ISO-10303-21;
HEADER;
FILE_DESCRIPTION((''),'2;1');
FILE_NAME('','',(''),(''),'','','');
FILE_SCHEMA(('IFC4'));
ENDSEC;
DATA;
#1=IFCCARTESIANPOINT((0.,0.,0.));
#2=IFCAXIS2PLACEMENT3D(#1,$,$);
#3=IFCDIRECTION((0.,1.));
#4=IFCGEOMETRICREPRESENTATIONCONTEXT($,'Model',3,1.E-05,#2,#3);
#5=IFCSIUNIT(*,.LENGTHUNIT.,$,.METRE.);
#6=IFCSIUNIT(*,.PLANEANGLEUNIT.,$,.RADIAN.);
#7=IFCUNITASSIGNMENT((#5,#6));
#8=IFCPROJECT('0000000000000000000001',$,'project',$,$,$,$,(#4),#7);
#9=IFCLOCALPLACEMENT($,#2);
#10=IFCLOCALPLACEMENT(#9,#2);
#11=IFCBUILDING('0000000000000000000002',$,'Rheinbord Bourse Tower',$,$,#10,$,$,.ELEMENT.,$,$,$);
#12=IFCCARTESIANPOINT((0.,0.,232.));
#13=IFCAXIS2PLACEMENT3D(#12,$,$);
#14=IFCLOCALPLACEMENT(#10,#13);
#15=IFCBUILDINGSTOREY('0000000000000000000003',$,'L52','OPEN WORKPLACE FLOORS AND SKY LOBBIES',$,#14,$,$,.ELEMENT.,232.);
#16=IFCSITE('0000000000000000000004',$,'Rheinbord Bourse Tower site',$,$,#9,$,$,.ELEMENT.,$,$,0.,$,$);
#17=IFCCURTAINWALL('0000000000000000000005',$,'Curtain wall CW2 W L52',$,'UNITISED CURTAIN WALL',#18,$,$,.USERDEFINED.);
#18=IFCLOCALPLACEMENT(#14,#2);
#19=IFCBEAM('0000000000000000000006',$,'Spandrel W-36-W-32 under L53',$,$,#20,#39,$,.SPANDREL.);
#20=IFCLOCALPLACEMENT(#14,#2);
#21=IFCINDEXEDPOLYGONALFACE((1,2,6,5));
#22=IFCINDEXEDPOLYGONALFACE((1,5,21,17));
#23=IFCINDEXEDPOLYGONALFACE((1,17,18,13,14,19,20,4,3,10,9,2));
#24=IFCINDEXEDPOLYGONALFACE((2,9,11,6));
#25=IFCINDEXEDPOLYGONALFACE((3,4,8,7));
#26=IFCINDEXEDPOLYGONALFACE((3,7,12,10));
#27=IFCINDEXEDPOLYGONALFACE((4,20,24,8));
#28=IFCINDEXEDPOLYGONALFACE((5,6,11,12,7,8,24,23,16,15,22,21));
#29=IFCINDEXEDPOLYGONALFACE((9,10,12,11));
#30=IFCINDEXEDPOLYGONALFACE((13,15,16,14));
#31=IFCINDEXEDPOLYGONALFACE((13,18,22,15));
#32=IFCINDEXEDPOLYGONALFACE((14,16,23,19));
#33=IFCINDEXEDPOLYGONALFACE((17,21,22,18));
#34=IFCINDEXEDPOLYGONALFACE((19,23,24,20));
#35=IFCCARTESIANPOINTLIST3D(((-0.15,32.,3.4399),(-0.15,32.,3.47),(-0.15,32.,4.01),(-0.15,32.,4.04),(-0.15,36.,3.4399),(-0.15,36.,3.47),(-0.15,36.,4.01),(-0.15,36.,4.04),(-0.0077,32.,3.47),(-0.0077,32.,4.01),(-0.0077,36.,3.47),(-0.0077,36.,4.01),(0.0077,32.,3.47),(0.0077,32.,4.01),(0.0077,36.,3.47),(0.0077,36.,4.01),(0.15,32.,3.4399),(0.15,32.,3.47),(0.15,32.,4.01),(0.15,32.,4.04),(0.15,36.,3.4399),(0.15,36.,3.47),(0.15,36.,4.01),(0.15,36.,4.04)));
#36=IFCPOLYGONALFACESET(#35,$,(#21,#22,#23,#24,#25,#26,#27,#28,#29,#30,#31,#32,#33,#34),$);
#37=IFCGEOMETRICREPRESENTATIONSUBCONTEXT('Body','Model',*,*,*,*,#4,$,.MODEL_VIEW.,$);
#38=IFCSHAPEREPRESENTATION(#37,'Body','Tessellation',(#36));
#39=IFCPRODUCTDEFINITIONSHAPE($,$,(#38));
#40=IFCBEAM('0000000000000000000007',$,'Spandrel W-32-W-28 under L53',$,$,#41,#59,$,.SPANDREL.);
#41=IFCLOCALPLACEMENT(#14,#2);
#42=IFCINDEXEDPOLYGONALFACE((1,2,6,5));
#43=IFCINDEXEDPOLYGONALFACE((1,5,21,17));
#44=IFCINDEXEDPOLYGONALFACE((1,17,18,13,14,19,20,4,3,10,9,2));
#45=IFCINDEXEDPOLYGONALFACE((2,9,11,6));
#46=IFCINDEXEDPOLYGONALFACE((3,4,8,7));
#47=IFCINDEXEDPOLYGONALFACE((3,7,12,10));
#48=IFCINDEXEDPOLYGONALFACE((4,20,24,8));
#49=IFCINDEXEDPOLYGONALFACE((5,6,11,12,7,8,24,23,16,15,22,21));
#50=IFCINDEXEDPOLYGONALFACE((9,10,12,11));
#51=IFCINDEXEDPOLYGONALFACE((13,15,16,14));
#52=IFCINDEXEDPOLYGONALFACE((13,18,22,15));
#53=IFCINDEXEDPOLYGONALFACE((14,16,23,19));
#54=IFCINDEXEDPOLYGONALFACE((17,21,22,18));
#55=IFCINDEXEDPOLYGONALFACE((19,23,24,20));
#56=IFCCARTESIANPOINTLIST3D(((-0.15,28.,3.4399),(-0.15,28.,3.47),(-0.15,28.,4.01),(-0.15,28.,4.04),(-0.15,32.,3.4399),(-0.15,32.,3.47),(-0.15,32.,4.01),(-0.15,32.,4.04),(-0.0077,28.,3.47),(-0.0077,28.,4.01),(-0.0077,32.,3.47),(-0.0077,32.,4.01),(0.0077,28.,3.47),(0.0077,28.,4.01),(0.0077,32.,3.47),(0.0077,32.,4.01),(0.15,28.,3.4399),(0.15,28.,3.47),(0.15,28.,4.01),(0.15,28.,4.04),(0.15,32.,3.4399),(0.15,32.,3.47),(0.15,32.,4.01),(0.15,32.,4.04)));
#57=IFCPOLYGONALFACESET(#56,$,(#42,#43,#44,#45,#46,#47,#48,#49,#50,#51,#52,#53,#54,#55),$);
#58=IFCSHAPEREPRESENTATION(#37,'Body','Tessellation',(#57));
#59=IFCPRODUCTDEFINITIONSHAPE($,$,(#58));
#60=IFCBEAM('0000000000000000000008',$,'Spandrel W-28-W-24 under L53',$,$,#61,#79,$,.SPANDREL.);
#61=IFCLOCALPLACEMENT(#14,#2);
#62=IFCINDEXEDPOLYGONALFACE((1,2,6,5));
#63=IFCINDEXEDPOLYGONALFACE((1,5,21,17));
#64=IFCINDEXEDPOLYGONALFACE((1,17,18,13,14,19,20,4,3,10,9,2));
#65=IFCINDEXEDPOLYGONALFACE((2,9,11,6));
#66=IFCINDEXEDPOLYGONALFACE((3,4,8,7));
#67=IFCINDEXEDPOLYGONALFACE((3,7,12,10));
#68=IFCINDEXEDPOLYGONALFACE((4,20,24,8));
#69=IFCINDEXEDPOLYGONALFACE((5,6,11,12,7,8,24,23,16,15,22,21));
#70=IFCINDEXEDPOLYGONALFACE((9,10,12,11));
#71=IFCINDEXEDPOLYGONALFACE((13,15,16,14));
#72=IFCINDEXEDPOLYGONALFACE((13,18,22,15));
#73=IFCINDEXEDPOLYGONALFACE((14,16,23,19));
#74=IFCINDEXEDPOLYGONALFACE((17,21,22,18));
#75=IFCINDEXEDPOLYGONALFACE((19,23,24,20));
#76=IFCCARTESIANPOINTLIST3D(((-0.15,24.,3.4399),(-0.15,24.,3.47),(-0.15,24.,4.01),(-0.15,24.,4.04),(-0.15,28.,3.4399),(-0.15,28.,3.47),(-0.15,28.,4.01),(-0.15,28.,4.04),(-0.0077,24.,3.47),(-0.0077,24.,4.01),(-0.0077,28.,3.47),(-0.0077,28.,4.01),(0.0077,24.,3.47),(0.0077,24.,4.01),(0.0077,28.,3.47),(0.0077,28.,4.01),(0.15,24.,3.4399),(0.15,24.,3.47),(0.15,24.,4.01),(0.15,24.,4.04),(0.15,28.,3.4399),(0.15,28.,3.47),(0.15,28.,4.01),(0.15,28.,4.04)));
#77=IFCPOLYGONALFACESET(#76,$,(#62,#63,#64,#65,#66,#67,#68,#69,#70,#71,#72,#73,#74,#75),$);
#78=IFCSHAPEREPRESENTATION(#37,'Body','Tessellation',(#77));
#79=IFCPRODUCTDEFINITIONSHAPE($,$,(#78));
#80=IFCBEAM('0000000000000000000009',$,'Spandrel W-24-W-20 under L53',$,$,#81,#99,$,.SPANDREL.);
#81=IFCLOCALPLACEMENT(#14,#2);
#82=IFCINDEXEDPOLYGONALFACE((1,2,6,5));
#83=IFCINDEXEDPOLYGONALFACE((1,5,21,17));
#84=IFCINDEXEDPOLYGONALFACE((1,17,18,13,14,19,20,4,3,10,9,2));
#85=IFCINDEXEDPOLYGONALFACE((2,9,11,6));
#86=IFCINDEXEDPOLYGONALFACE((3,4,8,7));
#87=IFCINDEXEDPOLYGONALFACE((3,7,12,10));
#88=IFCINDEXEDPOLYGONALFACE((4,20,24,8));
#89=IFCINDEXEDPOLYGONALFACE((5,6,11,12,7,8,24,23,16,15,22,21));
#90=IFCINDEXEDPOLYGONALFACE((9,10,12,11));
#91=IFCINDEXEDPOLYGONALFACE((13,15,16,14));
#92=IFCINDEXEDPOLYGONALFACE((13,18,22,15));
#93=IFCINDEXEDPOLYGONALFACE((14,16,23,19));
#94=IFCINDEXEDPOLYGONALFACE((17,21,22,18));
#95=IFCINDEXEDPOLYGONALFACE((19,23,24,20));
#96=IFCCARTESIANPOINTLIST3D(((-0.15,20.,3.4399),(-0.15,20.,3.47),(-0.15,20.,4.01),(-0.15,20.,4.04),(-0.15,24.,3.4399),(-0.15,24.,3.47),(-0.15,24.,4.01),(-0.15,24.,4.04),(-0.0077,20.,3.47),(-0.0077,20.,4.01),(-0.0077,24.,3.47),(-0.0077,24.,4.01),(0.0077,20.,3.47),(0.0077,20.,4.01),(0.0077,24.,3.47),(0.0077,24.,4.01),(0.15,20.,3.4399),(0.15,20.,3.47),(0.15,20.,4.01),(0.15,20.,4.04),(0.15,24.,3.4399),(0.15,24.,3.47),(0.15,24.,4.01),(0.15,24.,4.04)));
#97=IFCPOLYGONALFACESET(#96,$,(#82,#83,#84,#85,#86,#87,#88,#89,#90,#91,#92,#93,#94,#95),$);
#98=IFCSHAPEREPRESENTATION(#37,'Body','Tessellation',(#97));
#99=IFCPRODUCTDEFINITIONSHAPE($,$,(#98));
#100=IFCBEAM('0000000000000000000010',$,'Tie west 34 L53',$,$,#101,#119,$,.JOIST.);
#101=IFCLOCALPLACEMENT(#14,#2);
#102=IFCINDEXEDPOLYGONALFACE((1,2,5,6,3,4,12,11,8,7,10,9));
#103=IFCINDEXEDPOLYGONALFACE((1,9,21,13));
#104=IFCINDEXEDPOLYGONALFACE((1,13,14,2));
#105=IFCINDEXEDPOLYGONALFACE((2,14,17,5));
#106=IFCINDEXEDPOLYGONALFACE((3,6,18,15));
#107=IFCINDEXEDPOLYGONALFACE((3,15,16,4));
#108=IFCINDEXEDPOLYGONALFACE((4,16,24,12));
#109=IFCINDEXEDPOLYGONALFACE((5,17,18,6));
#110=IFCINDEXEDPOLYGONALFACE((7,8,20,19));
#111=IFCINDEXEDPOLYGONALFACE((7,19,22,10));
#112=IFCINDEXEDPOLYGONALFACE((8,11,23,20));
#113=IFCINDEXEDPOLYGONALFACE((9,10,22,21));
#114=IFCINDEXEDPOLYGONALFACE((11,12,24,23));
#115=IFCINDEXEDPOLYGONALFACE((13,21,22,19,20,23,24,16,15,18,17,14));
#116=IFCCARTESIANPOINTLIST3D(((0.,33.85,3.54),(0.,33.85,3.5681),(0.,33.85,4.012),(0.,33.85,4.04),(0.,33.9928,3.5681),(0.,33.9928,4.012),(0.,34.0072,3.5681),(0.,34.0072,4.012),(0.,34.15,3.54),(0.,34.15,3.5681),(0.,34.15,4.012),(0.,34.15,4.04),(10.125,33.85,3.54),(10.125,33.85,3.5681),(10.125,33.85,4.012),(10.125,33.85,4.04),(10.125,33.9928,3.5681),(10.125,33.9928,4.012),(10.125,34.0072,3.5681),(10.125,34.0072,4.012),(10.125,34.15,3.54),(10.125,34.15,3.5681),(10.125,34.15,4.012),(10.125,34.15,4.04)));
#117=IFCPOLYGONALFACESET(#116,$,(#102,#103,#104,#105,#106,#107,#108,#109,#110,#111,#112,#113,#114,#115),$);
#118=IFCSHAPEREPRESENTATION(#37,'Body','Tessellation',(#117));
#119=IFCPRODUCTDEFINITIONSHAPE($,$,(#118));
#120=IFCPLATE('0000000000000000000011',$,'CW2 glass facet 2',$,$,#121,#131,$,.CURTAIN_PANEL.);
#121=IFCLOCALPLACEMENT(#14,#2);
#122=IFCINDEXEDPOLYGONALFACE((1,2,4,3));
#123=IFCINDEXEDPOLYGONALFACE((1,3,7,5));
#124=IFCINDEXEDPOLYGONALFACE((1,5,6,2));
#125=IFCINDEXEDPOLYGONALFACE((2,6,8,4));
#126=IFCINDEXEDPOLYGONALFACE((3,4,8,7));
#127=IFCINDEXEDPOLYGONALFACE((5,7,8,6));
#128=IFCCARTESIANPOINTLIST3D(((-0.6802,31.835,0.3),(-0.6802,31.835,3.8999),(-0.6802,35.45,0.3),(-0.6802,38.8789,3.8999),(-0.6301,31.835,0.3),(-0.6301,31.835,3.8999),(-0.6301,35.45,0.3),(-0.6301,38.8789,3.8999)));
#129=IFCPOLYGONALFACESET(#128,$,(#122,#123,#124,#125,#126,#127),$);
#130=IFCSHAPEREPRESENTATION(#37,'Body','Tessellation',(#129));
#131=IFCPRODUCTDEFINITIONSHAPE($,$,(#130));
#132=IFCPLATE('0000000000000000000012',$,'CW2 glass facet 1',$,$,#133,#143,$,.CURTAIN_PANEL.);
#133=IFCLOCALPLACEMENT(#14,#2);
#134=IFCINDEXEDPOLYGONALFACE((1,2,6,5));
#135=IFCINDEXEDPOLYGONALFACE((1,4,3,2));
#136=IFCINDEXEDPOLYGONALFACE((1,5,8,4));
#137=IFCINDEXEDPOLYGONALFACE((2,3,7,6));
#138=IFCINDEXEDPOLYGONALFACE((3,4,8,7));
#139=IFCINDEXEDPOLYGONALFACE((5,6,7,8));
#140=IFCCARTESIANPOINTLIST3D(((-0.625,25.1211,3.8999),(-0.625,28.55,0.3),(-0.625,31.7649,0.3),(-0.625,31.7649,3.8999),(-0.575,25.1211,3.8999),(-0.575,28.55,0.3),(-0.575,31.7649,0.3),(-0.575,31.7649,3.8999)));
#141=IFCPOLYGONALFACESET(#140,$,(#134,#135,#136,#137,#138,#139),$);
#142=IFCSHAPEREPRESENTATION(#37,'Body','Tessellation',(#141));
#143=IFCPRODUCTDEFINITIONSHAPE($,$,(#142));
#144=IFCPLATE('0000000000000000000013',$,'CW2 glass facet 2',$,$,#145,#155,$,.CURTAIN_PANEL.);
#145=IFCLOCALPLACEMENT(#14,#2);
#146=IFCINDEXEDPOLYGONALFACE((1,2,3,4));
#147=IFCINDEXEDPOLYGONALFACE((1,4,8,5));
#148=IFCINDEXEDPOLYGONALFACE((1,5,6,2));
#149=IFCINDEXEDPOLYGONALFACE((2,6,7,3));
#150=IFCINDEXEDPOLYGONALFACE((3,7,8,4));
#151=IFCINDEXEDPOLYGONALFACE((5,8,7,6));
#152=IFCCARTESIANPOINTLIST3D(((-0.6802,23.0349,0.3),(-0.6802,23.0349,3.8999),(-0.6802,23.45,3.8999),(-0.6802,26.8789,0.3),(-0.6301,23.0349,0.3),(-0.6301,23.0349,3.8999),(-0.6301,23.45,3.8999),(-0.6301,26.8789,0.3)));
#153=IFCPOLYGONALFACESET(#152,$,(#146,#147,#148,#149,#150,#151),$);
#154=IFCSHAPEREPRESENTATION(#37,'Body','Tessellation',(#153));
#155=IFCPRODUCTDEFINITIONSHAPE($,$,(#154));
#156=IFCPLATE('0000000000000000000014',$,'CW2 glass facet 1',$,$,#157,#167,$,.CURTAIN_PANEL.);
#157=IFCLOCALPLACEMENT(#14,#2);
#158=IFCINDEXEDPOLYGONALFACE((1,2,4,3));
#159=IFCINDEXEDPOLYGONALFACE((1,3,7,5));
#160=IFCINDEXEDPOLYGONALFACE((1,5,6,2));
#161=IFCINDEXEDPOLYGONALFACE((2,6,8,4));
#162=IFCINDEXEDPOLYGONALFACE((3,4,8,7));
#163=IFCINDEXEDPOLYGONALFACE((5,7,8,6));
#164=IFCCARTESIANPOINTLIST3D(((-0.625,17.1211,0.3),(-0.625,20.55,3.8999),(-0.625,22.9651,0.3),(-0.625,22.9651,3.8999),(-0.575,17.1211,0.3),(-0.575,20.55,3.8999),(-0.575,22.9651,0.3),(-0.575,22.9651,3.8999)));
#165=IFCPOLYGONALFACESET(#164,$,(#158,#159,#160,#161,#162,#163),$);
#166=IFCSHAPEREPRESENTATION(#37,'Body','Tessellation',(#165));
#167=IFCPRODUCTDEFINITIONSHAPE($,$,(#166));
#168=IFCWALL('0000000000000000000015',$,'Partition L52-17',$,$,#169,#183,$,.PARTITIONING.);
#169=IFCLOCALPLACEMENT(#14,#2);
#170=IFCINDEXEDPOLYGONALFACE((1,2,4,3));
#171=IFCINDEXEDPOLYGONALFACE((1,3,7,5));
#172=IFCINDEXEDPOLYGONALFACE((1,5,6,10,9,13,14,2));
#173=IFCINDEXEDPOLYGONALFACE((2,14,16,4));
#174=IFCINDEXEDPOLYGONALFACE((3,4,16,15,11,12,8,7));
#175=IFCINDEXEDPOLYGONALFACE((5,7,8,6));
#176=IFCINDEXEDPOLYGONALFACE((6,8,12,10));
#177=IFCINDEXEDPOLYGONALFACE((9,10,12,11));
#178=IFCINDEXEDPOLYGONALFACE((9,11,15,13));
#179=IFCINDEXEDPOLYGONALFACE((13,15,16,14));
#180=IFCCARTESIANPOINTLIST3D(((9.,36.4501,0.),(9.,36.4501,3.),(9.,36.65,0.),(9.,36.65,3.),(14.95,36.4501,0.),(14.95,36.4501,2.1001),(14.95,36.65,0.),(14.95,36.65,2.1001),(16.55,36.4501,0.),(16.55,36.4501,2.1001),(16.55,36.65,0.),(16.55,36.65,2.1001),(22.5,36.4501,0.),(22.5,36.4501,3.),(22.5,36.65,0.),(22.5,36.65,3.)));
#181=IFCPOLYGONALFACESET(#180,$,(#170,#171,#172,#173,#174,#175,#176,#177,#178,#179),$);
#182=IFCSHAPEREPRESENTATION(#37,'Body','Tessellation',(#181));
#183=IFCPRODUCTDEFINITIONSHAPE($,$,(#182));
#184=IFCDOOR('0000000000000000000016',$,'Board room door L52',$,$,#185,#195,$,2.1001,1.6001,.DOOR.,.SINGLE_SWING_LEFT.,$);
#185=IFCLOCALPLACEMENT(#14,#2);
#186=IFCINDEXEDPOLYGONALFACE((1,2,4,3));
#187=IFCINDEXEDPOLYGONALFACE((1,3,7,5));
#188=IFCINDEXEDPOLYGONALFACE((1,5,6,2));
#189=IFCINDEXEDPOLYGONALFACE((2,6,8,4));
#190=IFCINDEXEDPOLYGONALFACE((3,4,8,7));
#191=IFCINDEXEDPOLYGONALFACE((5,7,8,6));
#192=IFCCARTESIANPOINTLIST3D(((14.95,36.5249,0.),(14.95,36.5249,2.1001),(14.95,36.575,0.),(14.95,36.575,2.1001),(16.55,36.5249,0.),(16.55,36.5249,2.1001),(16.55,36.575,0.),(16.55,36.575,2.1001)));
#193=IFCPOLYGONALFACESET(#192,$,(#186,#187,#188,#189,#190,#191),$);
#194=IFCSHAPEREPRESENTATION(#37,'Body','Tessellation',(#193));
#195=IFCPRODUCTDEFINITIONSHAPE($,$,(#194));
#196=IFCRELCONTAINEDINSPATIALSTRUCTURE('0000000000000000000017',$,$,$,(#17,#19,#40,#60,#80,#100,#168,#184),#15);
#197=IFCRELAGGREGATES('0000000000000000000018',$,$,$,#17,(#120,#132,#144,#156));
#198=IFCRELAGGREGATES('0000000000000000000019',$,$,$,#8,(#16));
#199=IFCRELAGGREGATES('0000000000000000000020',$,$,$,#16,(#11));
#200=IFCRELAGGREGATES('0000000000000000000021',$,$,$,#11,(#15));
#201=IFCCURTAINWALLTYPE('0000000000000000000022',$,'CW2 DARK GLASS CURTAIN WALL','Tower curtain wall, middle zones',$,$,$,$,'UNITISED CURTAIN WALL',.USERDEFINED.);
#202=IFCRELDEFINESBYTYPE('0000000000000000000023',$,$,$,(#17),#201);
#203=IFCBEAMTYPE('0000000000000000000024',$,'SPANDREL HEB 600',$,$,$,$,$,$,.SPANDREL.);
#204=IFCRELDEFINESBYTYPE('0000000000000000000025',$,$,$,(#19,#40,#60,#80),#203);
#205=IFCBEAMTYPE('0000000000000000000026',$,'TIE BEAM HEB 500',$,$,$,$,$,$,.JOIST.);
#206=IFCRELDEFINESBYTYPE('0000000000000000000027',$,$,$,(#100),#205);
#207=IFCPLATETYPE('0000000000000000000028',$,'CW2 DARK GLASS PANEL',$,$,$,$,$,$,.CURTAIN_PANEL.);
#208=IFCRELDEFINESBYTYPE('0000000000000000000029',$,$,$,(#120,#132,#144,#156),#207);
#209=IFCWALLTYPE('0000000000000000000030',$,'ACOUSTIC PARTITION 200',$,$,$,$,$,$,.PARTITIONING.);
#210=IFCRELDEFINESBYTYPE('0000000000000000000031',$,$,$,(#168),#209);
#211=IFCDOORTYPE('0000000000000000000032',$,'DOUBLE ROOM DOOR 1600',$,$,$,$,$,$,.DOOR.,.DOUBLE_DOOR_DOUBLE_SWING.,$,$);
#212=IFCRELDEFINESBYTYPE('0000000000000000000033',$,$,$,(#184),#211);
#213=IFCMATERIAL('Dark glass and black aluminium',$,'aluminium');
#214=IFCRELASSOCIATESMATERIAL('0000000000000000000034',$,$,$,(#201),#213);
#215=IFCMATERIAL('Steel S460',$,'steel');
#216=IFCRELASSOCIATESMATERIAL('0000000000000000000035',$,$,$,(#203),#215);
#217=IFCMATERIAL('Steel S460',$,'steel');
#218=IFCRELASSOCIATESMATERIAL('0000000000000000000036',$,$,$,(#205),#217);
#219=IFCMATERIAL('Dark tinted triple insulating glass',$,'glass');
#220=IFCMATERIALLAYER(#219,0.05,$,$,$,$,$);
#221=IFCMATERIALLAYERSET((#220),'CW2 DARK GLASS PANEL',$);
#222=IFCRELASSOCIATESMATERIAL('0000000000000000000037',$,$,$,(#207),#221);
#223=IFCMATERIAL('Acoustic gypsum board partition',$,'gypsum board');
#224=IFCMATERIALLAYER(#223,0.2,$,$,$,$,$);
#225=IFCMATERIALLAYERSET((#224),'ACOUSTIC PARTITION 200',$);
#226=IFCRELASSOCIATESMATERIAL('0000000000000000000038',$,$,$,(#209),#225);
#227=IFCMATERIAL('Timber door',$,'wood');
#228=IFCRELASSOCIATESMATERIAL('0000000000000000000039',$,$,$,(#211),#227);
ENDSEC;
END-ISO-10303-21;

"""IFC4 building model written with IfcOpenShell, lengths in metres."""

from ifc_helpers import new_model, si_unit, direction, frame, frame_2d, origin, origin_2d, place, context, subcontext, project, spatial, polyline, rectangle, i_section, outline, extrude, material, layer, layer_set, material_profile, profile_set, type_object, element, fill, aggregate, save


model = new_model("IFC4")

# Units and contexts
model_context = context("Model", 3, precision=1e-05, world=origin(), true_north=direction((0.0, 1.0)))
body_context = subcontext(model_context, "Body", "Model", "MODEL_VIEW")
ifc_project = project(units=[si_unit("LENGTHUNIT", "METRE"), si_unit("PLANEANGLEUNIT", "RADIAN")], contexts=[model_context])

# Site, building, storey
site_placement = place(None, origin())
site = spatial("IfcSite", under=ifc_project, at=site_placement, Name="Rheinbord Bourse Tower site", CompositionType="ELEMENT", RefElevation=0.0)
building_placement = place(site_placement, origin())
building = spatial("IfcBuilding", under=site, at=building_placement, Name="Rheinbord Bourse Tower", CompositionType="ELEMENT")
storey_placement = place(building_placement, frame((0.0, 0.0, 232.0)))
storey = spatial("IfcBuildingStorey", under=building, at=storey_placement, Name="L52", Description="OPEN WORKPLACE FLOORS AND SKY LOBBIES", CompositionType="ELEMENT", Elevation=232.0)

# Curtain wall
ifc_material_1 = material(Name="Dark glass and black aluminium", Category="aluminium")
curtain_wall_type = type_object("IfcCurtainWallType", Name="CW2 DARK GLASS CURTAIN WALL", Description="Tower curtain wall, middle zones", ElementType="UNITISED CURTAIN WALL", PredefinedType="USERDEFINED", material=ifc_material_1)
curtain_wall_placement = place(storey_placement, origin())
curtain_wall = element("IfcCurtainWall", 1, at=curtain_wall_placement, inside=storey, type_object=curtain_wall_type, Name="Curtain wall CW2 W L52", ObjectType="UNITISED CURTAIN WALL", PredefinedType="USERDEFINED")

# Beams
ifc_material_2 = material(Name="Steel S460", Category="steel")
ifc_material_profile_1 = material_profile(ifc_material_2, i_section(OverallWidth=0.3, OverallDepth=0.6001, WebThickness=0.0154, FlangeThickness=0.03, at=origin_2d()), Name="HEB 600")
ifc_profile_set_1 = profile_set([ifc_material_profile_1], Name="Steel S460")
beam_type_1 = type_object("IfcBeamType", Name="SPANDREL HEB 600", PredefinedType="SPANDREL", material=ifc_profile_set_1)
for number, where, z_axis, x_axis, name in (
    (2, (0.0, 36.0, 3.74), (0.0, -1.0, 0.0), (1.0, 0.0, 0.0), "Spandrel W-36-W-32 under L53"),
    (3, (0.0, 32.0, 3.74), (0.0, -1.0, 0.0), (1.0, 0.0, 0.0), "Spandrel W-32-W-28 under L53"),
    (4, (0.0, 28.0, 3.74), (0.0, -1.0, 0.0), (1.0, 0.0, 0.0), "Spandrel W-28-W-24 under L53"),
    (5, (0.0, 24.0, 3.74), (0.0, -1.0, 0.0), (1.0, 0.0, 0.0), "Spandrel W-24-W-20 under L53"),
):
    element("IfcBeam", number, at=place(storey_placement, frame(where, z_axis=z_axis, x_axis=x_axis)), inside=storey, type_object=beam_type_1, Name=name, PredefinedType="SPANDREL", context=body_context, shape_type="SweptSolid", body=[
        extrude(i_section(OverallWidth=0.3, OverallDepth=0.6001, WebThickness=0.0154, FlangeThickness=0.03, at=origin_2d()), origin(), (0.0, 0.0, 1.0), 4.0),
    ])
ifc_material_3 = material(Name="Steel S460", Category="steel")
ifc_material_profile_2 = material_profile(ifc_material_3, i_section(OverallWidth=0.3, OverallDepth=0.5, WebThickness=0.0144, FlangeThickness=0.0281, at=origin_2d()), Name="HEB 500")
ifc_profile_set_2 = profile_set([ifc_material_profile_2], Name="Steel S460")
beam_type_2 = type_object("IfcBeamType", Name="TIE BEAM HEB 500", PredefinedType="JOIST", material=ifc_profile_set_2)
beam_1_placement = place(storey_placement, frame((0.0, 34.0, 3.79), z_axis=(1.0, 0.0, 0.0), x_axis=(0.0, 1.0, 0.0)))
element("IfcBeam", 6, at=beam_1_placement, inside=storey, type_object=beam_type_2, Name="Tie west 34 L53", PredefinedType="JOIST", context=body_context, shape_type="SweptSolid", body=[
    extrude(i_section(OverallWidth=0.3, OverallDepth=0.5, WebThickness=0.0144, FlangeThickness=0.0281, at=origin_2d()), origin(), (0.0, 0.0, 1.0), 10.125),
])

# Plates
ifc_material_4 = material(Name="Dark tinted triple insulating glass", Category="glass")
ifc_layer_1 = layer(ifc_material_4, 0.05)
ifc_layer_set_1 = layer_set([ifc_layer_1], Name="CW2 DARK GLASS PANEL")
plate_type = type_object("IfcPlateType", Name="CW2 DARK GLASS PANEL", PredefinedType="CURTAIN_PANEL", material=ifc_layer_set_1)
plate_1_placement = place(storey_placement, frame((-0.6802, 31.835, 3.8999), z_axis=(1.0, 0.0, 0.0), x_axis=(0.0, 0.0, -1.0)))
plate_1 = element("IfcPlate", 7, at=plate_1_placement, type_object=plate_type, Name="CW2 glass facet 2", PredefinedType="CURTAIN_PANEL", context=body_context, shape_type="SweptSolid", body=[
    extrude(outline(polyline([(0.0, 0.0), (3.5999, 0.0), (3.5999, 3.615), (0.0, 7.0439), (0.0, 0.0)])), origin(), (0.0, 0.0, 1.0), 0.05),
])
plate_2_placement = place(storey_placement, frame((-0.625, 31.7649, 0.3), z_axis=(1.0, 0.0, 0.0), x_axis=(0.0, 0.0, 1.0)))
plate_2 = element("IfcPlate", 8, at=plate_2_placement, type_object=plate_type, Name="CW2 glass facet 1", PredefinedType="CURTAIN_PANEL", context=body_context, shape_type="SweptSolid", body=[
    extrude(outline(polyline([(0.0, 0.0), (3.5999, 0.0), (3.5999, 6.6438), (0.0, 3.2148), (0.0, 0.0)])), origin(), (0.0, 0.0, 1.0), 0.05),
])
plate_3_placement = place(storey_placement, frame((-0.6802, 23.0349, 3.8999), z_axis=(1.0, 0.0, 0.0), x_axis=(0.0, 0.0, -1.0)))
plate_3 = element("IfcPlate", 9, at=plate_3_placement, type_object=plate_type, Name="CW2 glass facet 2", PredefinedType="CURTAIN_PANEL", context=body_context, shape_type="SweptSolid", body=[
    extrude(outline(polyline([(0.0, 0.0), (3.5999, 0.0), (3.5999, 3.844), (0.0, 0.415), (0.0, 0.0)])), origin(), (0.0, 0.0, 1.0), 0.05),
])
plate_4_placement = place(storey_placement, frame((-0.625, 22.9651, 0.3), z_axis=(1.0, 0.0, 0.0), x_axis=(0.0, 0.0, 1.0)))
plate_4 = element("IfcPlate", 10, at=plate_4_placement, type_object=plate_type, Name="CW2 glass facet 1", PredefinedType="CURTAIN_PANEL", context=body_context, shape_type="SweptSolid", body=[
    extrude(outline(polyline([(0.0, 0.0), (3.5999, 0.0), (3.5999, 2.415), (0.0, 5.844), (0.0, 0.0)])), origin(), (0.0, 0.0, 1.0), 0.05),
])
aggregate(curtain_wall, [plate_1, plate_2, plate_3, plate_4])

# Wall, opening, door
ifc_material_5 = material(Name="Acoustic gypsum board partition", Category="gypsum board")
ifc_layer_2 = layer(ifc_material_5, 0.2)
ifc_layer_set_2 = layer_set([ifc_layer_2], Name="ACOUSTIC PARTITION 200")
wall_type_1 = type_object("IfcWallType", Name="ACOUSTIC PARTITION 200", PredefinedType="PARTITIONING", material=ifc_layer_set_2)
wall_1_placement = place(storey_placement, frame((9.0, 36.55, 0.0), z_axis=(0.0, 0.0, 1.0), x_axis=(1.0, 0.0, 0.0)))
wall_1 = element("IfcWall", 11, at=wall_1_placement, inside=storey, type_object=wall_type_1, Name="Partition L52-17", PredefinedType="PARTITIONING", context=body_context, shape_type="SweptSolid", body=[
    extrude(rectangle(XDim=13.5, YDim=0.2, at=frame_2d((6.75, 0.0))), origin(), (0.0, 0.0, 1.0), 3.0),
])
opening_1_placement = place(wall_1_placement, frame((5.95, 0.0, 0.0)))
opening_1 = element("IfcOpeningElement", 12, at=opening_1_placement, cuts=wall_1, PredefinedType="OPENING", context=body_context, shape_type="SweptSolid", body=[
    extrude(rectangle(XDim=1.6001, YDim=2.1001, at=frame_2d((0.8, 1.05))), frame((0.0, 0.1099, 0.0), z_axis=(0.0, -1.0, 0.0), x_axis=(1.0, 0.0, 0.0)), (0.0, 0.0, 1.0), 0.22),
])
ifc_material_6 = material(Name="Timber door", Category="wood")
door_type_1 = type_object("IfcDoorType", Name="DOUBLE ROOM DOOR 1600", OperationType="DOUBLE_DOOR_DOUBLE_SWING", PredefinedType="DOOR", material=ifc_material_6)
door_1_placement = place(opening_1_placement, origin())
door_1 = element("IfcDoor", 13, at=door_1_placement, inside=storey, type_object=door_type_1, Name="Board room door L52", OperationType="SINGLE_SWING_LEFT", OverallHeight=2.1001, OverallWidth=1.6001, PredefinedType="DOOR", context=body_context, shape_type="SweptSolid", body=[
    extrude(rectangle(XDim=1.6001, YDim=2.1001, at=frame_2d((0.8, 1.05))), frame((0.0, 0.0249, 0.0), z_axis=(0.0, -1.0, 0.0), x_axis=(1.0, 0.0, 0.0)), (0.0, 0.0, 1.0), 0.05),
])
fill(opening_1, door_1)

save(model, "model.ifc")
